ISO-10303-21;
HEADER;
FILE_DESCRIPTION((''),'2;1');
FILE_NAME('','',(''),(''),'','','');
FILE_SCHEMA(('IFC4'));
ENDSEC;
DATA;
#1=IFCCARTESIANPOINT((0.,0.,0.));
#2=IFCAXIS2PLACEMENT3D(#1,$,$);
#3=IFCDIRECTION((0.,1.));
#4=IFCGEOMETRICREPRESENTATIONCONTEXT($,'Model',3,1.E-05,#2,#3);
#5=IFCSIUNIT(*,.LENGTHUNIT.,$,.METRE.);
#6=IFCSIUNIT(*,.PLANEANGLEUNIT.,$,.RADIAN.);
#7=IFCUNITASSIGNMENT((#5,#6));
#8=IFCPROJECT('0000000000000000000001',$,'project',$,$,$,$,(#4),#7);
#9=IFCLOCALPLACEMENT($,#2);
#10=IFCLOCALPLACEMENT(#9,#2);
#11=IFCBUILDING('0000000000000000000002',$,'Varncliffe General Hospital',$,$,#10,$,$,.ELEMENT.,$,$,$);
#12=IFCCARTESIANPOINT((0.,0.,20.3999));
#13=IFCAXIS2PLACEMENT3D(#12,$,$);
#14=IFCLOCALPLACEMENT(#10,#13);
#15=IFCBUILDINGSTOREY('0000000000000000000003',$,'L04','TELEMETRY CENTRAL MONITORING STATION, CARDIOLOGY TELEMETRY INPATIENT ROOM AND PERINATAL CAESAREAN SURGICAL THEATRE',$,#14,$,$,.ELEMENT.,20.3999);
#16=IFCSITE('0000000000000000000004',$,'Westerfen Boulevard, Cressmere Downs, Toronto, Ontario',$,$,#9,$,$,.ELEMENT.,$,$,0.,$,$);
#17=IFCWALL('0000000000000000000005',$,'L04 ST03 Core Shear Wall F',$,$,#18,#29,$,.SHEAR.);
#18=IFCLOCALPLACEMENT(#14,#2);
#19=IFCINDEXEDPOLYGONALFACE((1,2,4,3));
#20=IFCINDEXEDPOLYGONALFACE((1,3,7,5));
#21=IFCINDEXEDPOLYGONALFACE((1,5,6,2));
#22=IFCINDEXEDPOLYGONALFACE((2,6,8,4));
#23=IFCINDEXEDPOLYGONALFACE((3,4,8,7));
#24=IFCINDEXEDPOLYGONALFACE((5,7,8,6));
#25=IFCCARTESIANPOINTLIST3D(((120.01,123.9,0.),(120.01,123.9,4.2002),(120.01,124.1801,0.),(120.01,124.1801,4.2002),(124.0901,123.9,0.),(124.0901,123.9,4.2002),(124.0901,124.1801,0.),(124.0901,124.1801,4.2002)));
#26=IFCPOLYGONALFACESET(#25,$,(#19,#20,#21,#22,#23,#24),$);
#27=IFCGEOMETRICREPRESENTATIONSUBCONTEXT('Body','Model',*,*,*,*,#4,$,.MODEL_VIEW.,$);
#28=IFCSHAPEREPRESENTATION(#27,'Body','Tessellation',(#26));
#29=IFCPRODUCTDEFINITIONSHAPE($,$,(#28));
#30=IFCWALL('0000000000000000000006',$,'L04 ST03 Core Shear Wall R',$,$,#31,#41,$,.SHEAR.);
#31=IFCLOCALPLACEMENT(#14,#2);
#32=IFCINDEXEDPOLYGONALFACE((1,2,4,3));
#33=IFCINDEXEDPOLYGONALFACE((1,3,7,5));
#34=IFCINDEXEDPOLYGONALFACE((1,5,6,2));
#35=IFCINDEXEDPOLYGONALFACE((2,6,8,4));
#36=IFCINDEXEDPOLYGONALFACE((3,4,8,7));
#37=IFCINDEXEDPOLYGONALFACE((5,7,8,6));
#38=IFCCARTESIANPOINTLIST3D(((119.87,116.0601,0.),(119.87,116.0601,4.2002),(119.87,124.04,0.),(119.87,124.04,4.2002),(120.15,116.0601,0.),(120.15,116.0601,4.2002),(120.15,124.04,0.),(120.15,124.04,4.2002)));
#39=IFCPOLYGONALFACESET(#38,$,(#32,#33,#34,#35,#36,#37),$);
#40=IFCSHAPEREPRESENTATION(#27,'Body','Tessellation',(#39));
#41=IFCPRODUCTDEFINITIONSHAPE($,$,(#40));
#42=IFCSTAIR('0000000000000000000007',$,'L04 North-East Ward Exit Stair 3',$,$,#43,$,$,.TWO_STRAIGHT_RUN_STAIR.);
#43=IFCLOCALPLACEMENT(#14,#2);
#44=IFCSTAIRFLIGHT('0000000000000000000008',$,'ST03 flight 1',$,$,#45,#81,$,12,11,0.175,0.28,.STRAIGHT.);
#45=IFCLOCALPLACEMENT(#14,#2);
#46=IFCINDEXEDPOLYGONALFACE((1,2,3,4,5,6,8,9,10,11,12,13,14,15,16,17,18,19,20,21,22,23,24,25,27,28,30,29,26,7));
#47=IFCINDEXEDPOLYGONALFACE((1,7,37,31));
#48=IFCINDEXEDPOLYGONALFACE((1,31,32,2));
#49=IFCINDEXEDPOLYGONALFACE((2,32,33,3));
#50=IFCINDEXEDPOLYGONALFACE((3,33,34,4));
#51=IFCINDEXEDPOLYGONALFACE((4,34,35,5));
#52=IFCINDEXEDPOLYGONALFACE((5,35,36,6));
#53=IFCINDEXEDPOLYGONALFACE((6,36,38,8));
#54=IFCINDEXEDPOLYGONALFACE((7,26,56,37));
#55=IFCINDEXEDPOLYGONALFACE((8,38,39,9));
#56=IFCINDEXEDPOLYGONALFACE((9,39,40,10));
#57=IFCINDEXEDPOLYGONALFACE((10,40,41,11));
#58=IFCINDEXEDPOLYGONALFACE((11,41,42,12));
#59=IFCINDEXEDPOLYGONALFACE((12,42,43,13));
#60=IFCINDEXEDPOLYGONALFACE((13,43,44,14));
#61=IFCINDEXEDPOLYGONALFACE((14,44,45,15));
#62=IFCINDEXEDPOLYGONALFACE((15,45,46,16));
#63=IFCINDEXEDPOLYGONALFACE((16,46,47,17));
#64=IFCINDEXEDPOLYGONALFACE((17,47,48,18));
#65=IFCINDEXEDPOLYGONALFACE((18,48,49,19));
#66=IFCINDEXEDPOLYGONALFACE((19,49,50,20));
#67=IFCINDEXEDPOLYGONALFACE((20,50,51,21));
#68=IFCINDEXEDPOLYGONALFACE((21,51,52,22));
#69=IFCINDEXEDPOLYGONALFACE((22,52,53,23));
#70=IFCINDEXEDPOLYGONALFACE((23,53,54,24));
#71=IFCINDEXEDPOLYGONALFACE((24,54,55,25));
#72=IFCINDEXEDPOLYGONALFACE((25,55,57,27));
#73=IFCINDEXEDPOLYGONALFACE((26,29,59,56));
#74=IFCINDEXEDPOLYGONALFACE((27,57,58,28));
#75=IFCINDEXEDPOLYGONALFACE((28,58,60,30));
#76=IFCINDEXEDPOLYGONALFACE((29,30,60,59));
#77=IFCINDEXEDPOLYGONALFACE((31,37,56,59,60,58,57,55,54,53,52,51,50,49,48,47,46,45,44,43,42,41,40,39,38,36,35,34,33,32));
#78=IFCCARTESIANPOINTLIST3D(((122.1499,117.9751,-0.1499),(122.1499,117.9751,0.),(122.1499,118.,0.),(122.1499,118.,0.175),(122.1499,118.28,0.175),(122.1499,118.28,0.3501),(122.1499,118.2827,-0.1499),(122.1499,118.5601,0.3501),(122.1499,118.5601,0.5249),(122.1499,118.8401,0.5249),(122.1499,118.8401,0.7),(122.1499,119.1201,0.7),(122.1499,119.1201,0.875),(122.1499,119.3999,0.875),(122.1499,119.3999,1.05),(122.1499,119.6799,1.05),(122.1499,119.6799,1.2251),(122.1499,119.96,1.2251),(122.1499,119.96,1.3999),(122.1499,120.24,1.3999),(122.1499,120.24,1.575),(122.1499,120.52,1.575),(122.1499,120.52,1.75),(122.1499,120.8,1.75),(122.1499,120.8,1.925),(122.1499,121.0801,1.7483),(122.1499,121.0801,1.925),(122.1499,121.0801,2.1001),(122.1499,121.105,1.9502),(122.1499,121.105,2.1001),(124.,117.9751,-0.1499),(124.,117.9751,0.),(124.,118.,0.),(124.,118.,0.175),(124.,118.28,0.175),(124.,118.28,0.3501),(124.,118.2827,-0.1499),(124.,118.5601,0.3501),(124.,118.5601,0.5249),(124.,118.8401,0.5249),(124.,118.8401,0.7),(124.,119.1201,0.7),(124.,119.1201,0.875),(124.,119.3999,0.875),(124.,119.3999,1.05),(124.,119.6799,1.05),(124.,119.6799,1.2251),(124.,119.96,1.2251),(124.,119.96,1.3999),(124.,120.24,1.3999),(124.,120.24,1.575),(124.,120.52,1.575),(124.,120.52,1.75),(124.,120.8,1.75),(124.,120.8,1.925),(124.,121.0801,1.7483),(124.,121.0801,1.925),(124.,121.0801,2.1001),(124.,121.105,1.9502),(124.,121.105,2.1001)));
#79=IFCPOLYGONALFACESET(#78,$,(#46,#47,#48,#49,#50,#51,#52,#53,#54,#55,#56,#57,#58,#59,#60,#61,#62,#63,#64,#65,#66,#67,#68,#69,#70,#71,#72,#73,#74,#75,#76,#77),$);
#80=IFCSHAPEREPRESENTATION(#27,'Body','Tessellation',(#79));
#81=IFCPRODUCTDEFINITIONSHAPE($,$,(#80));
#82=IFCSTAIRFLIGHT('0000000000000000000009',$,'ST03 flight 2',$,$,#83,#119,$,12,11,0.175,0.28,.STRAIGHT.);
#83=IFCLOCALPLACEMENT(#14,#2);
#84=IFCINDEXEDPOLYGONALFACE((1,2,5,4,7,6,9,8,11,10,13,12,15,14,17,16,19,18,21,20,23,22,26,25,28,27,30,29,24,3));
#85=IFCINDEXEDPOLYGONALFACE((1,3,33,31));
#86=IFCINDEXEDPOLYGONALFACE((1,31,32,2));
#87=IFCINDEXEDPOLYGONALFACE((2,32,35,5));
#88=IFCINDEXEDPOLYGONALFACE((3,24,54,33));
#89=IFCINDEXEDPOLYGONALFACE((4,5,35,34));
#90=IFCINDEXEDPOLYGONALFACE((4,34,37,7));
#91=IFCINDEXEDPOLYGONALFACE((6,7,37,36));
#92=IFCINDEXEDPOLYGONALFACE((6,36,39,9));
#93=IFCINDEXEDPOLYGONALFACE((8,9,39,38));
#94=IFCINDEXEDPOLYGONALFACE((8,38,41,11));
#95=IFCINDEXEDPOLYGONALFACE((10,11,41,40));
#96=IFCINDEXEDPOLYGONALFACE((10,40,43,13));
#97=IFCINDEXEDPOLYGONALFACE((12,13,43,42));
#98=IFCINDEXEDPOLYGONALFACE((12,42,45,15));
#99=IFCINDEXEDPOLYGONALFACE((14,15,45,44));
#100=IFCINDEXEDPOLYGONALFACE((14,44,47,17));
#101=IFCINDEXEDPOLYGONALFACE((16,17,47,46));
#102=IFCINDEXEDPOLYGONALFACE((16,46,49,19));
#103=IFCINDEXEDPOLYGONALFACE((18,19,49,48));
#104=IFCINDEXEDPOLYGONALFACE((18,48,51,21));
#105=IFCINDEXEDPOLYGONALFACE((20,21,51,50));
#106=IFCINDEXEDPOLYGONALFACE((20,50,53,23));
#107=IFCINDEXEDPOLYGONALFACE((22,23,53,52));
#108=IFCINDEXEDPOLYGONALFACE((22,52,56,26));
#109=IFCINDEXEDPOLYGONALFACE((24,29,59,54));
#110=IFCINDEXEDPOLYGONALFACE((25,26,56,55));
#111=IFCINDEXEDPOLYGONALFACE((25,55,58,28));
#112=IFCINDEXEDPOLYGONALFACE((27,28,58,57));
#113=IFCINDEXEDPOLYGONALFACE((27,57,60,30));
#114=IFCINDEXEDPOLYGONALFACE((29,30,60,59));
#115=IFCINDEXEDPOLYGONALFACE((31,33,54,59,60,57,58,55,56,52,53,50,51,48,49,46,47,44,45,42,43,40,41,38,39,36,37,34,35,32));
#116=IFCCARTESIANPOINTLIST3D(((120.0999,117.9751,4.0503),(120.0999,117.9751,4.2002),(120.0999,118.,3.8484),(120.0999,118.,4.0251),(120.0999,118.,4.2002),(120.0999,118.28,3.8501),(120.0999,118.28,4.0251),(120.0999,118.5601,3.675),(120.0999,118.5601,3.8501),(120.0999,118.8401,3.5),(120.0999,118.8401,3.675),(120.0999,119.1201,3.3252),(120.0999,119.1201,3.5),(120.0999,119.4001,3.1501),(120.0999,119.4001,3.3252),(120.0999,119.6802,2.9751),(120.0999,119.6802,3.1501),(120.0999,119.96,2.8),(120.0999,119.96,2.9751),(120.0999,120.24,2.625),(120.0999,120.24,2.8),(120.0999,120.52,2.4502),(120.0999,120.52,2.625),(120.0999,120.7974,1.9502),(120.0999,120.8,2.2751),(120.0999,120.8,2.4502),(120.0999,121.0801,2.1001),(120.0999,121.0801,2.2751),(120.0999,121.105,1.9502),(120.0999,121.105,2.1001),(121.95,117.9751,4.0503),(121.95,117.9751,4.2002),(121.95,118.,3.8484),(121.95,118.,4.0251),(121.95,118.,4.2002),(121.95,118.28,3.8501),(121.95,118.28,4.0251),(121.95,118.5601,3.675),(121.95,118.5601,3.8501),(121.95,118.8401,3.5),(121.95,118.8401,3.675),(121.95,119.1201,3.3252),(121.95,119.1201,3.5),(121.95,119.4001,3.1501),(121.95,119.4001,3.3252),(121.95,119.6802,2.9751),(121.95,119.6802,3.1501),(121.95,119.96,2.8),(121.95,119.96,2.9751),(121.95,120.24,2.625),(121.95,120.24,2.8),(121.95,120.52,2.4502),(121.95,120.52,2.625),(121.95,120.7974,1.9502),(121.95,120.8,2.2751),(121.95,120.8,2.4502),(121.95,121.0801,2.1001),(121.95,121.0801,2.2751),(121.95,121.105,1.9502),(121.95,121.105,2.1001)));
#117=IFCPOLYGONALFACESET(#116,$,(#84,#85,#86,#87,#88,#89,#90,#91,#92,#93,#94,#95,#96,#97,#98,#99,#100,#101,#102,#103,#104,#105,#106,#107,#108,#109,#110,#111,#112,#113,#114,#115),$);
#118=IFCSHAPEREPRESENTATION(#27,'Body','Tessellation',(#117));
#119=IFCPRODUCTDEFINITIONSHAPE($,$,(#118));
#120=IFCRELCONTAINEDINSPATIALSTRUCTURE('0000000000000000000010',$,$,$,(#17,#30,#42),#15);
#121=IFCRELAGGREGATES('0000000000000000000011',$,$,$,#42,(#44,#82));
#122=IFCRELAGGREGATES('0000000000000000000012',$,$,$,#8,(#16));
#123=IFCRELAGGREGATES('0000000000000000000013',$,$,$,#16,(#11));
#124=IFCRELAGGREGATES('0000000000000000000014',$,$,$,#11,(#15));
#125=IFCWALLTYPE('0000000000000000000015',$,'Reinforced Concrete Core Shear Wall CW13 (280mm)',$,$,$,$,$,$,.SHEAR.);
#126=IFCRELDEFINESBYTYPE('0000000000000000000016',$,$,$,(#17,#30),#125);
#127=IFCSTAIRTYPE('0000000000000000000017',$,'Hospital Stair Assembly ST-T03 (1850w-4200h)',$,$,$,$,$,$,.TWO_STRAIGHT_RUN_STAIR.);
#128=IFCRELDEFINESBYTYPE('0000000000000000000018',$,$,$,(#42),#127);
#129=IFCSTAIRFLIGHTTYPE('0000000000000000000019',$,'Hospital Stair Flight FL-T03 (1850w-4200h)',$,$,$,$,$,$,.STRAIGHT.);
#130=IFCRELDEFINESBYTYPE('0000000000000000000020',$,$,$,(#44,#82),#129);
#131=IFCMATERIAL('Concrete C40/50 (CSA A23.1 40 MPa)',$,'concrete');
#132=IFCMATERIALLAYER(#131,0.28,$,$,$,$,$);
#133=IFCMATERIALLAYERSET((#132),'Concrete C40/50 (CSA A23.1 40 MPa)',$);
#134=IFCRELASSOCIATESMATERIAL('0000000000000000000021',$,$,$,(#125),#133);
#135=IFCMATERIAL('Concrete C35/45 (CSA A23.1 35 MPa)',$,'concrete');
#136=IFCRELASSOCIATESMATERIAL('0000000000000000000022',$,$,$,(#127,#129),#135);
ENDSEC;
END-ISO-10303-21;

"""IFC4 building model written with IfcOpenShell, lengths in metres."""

from ifc_helpers import new_model, si_unit, direction, frame, frame_2d, origin, place, context, subcontext, project, spatial, polyline, rectangle, outline, extrude, material, layer, layer_set, type_object, element, aggregate, save


model = new_model("IFC4")

# Units and contexts
model_context = context("Model", 3, precision=1e-05, world=origin(), true_north=direction((0.0, 1.0)))
body_context = subcontext(model_context, "Body", "Model", "MODEL_VIEW")
ifc_project = project(units=[si_unit("LENGTHUNIT", "METRE"), si_unit("PLANEANGLEUNIT", "RADIAN")], contexts=[model_context])

# Site, building, storey
site_placement = place(None, origin())
site = spatial("IfcSite", under=ifc_project, at=site_placement, Name="Westerfen Boulevard, Cressmere Downs, Toronto, Ontario", CompositionType="ELEMENT", RefElevation=0.0)
building_placement = place(site_placement, origin())
building = spatial("IfcBuilding", under=site, at=building_placement, Name="Varncliffe General Hospital", CompositionType="ELEMENT")
storey_placement = place(building_placement, frame((0.0, 0.0, 20.3999)))
storey = spatial("IfcBuildingStorey", under=building, at=storey_placement, Name="L04", Description="TELEMETRY CENTRAL MONITORING STATION, CARDIOLOGY TELEMETRY INPATIENT ROOM AND PERINATAL CAESAREAN SURGICAL THEATRE", CompositionType="ELEMENT", Elevation=20.3999)

# Shared definitions
ifc_material_1 = material(Name="Concrete C40/50 (CSA A23.1 40 MPa)", Category="concrete")

# Shared definitions
ifc_material_2 = material(Name="Concrete C35/45 (CSA A23.1 35 MPa)", Category="concrete")

# Walls
ifc_layer_1 = layer(ifc_material_1, 0.28)
ifc_layer_set_1 = layer_set([ifc_layer_1], Name="Concrete C40/50 (CSA A23.1 40 MPa)")
wall_type_1 = type_object("IfcWallType", Name="Reinforced Concrete Core Shear Wall CW13 (280mm)", PredefinedType="SHEAR", material=ifc_layer_set_1)
wall_1_placement = place(storey_placement, frame((124.0901, 124.04, 0.0), z_axis=(0.0, 0.0, 1.0), x_axis=(-1.0, 0.0, 0.0)))
element("IfcWall", 1, at=wall_1_placement, inside=storey, type_object=wall_type_1, Name="L04 ST03 Core Shear Wall F", PredefinedType="SHEAR", context=body_context, shape_type="SweptSolid", body=[
    extrude(rectangle(XDim=4.0801, YDim=0.28, at=frame_2d((2.04, 0.0))), origin(), (0.0, 0.0, 1.0), 4.2002),
])
wall_2_placement = place(storey_placement, frame((120.01, 124.04, 0.0), z_axis=(0.0, 0.0, 1.0), x_axis=(0.0, -1.0, 0.0)))
element("IfcWall", 2, at=wall_2_placement, inside=storey, type_object=wall_type_1, Name="L04 ST03 Core Shear Wall R", PredefinedType="SHEAR", context=body_context, shape_type="SweptSolid", body=[
    extrude(rectangle(XDim=7.98, YDim=0.28, at=frame_2d((3.99, 0.0))), origin(), (0.0, 0.0, 1.0), 4.2002),
])

# Stair, stair flights
stair_type = type_object("IfcStairType", Name="Hospital Stair Assembly ST-T03 (1850w-4200h)", PredefinedType="TWO_STRAIGHT_RUN_STAIR", material=ifc_material_2)
stair_placement = place(storey_placement, origin())
stair = element("IfcStair", 3, at=stair_placement, inside=storey, type_object=stair_type, Name="L04 North-East Ward Exit Stair 3", PredefinedType="TWO_STRAIGHT_RUN_STAIR")
stair_flight_type = type_object("IfcStairFlightType", Name="Hospital Stair Flight FL-T03 (1850w-4200h)", PredefinedType="STRAIGHT", material=ifc_material_2)
stair_flight_1_placement = place(storey_placement, frame((123.075, 118.0, 0.0), z_axis=(0.0, 0.0, 1.0), x_axis=(0.0, 1.0, 0.0)))
stair_flight_1 = element("IfcStairFlight", 4, at=stair_flight_1_placement, type_object=stair_flight_type, Name="ST03 flight 1", NumberOfRisers=12, NumberOfTreads=11, PredefinedType="STRAIGHT", RiserHeight=0.175, TreadLength=0.28, context=body_context, shape_type="SweptSolid", body=[
    extrude(outline(polyline([(-0.0249, -0.1499), (-0.0249, 0.0), (0.0, 0.0), (0.0, 0.175), (0.28, 0.175), (0.28, 0.3501), (0.5601, 0.3501), (0.5601, 0.5249), (0.8401, 0.5249), (0.8401, 0.7), (1.1201, 0.7), (1.1201, 0.875), (1.3999, 0.875), (1.3999, 1.05), (1.6799, 1.05), (1.6799, 1.2251), (1.96, 1.2251), (1.96, 1.3999), (2.24, 1.3999), (2.24, 1.575), (2.52, 1.575), (2.52, 1.75), (2.8, 1.75), (2.8, 1.925), (3.0801, 1.925), (3.0801, 2.1001), (3.105, 2.1001), (3.105, 1.9502), (3.0801, 1.7483), (0.2827, -0.1499), (-0.0249, -0.1499)])), frame((0.0, 0.925, 0.0), z_axis=(0.0, -1.0, 0.0), x_axis=(1.0, 0.0, 0.0)), (0.0, 0.0, 1.0), 1.8501),
])
stair_flight_2_placement = place(storey_placement, frame((121.0249, 121.0801, 2.1001), z_axis=(0.0, 0.0, 1.0), x_axis=(0.0, -1.0, 0.0)))
stair_flight_2 = element("IfcStairFlight", 5, at=stair_flight_2_placement, type_object=stair_flight_type, Name="ST03 flight 2", NumberOfRisers=12, NumberOfTreads=11, PredefinedType="STRAIGHT", RiserHeight=0.175, TreadLength=0.28, context=body_context, shape_type="SweptSolid", body=[
    extrude(outline(polyline([(-0.0249, -0.1499), (-0.0249, 0.0), (0.0, 0.0), (0.0, 0.175), (0.28, 0.175), (0.28, 0.3501), (0.5601, 0.3501), (0.5601, 0.5249), (0.8401, 0.5249), (0.8401, 0.7), (1.1201, 0.7), (1.1201, 0.875), (1.3999, 0.875), (1.3999, 1.05), (1.6799, 1.05), (1.6799, 1.2251), (1.96, 1.2251), (1.96, 1.3999), (2.24, 1.3999), (2.24, 1.575), (2.52, 1.575), (2.52, 1.75), (2.8, 1.75), (2.8, 1.925), (3.0801, 1.925), (3.0801, 2.1001), (3.105, 2.1001), (3.105, 1.9502), (3.0801, 1.7483), (0.2827, -0.1499), (-0.0249, -0.1499)])), frame((0.0, 0.925, 0.0), z_axis=(0.0, -1.0, 0.0), x_axis=(1.0, 0.0, 0.0)), (0.0, 0.0, 1.0), 1.8501),
])
aggregate(stair, [stair_flight_1, stair_flight_2])

save(model, "model.ifc")
